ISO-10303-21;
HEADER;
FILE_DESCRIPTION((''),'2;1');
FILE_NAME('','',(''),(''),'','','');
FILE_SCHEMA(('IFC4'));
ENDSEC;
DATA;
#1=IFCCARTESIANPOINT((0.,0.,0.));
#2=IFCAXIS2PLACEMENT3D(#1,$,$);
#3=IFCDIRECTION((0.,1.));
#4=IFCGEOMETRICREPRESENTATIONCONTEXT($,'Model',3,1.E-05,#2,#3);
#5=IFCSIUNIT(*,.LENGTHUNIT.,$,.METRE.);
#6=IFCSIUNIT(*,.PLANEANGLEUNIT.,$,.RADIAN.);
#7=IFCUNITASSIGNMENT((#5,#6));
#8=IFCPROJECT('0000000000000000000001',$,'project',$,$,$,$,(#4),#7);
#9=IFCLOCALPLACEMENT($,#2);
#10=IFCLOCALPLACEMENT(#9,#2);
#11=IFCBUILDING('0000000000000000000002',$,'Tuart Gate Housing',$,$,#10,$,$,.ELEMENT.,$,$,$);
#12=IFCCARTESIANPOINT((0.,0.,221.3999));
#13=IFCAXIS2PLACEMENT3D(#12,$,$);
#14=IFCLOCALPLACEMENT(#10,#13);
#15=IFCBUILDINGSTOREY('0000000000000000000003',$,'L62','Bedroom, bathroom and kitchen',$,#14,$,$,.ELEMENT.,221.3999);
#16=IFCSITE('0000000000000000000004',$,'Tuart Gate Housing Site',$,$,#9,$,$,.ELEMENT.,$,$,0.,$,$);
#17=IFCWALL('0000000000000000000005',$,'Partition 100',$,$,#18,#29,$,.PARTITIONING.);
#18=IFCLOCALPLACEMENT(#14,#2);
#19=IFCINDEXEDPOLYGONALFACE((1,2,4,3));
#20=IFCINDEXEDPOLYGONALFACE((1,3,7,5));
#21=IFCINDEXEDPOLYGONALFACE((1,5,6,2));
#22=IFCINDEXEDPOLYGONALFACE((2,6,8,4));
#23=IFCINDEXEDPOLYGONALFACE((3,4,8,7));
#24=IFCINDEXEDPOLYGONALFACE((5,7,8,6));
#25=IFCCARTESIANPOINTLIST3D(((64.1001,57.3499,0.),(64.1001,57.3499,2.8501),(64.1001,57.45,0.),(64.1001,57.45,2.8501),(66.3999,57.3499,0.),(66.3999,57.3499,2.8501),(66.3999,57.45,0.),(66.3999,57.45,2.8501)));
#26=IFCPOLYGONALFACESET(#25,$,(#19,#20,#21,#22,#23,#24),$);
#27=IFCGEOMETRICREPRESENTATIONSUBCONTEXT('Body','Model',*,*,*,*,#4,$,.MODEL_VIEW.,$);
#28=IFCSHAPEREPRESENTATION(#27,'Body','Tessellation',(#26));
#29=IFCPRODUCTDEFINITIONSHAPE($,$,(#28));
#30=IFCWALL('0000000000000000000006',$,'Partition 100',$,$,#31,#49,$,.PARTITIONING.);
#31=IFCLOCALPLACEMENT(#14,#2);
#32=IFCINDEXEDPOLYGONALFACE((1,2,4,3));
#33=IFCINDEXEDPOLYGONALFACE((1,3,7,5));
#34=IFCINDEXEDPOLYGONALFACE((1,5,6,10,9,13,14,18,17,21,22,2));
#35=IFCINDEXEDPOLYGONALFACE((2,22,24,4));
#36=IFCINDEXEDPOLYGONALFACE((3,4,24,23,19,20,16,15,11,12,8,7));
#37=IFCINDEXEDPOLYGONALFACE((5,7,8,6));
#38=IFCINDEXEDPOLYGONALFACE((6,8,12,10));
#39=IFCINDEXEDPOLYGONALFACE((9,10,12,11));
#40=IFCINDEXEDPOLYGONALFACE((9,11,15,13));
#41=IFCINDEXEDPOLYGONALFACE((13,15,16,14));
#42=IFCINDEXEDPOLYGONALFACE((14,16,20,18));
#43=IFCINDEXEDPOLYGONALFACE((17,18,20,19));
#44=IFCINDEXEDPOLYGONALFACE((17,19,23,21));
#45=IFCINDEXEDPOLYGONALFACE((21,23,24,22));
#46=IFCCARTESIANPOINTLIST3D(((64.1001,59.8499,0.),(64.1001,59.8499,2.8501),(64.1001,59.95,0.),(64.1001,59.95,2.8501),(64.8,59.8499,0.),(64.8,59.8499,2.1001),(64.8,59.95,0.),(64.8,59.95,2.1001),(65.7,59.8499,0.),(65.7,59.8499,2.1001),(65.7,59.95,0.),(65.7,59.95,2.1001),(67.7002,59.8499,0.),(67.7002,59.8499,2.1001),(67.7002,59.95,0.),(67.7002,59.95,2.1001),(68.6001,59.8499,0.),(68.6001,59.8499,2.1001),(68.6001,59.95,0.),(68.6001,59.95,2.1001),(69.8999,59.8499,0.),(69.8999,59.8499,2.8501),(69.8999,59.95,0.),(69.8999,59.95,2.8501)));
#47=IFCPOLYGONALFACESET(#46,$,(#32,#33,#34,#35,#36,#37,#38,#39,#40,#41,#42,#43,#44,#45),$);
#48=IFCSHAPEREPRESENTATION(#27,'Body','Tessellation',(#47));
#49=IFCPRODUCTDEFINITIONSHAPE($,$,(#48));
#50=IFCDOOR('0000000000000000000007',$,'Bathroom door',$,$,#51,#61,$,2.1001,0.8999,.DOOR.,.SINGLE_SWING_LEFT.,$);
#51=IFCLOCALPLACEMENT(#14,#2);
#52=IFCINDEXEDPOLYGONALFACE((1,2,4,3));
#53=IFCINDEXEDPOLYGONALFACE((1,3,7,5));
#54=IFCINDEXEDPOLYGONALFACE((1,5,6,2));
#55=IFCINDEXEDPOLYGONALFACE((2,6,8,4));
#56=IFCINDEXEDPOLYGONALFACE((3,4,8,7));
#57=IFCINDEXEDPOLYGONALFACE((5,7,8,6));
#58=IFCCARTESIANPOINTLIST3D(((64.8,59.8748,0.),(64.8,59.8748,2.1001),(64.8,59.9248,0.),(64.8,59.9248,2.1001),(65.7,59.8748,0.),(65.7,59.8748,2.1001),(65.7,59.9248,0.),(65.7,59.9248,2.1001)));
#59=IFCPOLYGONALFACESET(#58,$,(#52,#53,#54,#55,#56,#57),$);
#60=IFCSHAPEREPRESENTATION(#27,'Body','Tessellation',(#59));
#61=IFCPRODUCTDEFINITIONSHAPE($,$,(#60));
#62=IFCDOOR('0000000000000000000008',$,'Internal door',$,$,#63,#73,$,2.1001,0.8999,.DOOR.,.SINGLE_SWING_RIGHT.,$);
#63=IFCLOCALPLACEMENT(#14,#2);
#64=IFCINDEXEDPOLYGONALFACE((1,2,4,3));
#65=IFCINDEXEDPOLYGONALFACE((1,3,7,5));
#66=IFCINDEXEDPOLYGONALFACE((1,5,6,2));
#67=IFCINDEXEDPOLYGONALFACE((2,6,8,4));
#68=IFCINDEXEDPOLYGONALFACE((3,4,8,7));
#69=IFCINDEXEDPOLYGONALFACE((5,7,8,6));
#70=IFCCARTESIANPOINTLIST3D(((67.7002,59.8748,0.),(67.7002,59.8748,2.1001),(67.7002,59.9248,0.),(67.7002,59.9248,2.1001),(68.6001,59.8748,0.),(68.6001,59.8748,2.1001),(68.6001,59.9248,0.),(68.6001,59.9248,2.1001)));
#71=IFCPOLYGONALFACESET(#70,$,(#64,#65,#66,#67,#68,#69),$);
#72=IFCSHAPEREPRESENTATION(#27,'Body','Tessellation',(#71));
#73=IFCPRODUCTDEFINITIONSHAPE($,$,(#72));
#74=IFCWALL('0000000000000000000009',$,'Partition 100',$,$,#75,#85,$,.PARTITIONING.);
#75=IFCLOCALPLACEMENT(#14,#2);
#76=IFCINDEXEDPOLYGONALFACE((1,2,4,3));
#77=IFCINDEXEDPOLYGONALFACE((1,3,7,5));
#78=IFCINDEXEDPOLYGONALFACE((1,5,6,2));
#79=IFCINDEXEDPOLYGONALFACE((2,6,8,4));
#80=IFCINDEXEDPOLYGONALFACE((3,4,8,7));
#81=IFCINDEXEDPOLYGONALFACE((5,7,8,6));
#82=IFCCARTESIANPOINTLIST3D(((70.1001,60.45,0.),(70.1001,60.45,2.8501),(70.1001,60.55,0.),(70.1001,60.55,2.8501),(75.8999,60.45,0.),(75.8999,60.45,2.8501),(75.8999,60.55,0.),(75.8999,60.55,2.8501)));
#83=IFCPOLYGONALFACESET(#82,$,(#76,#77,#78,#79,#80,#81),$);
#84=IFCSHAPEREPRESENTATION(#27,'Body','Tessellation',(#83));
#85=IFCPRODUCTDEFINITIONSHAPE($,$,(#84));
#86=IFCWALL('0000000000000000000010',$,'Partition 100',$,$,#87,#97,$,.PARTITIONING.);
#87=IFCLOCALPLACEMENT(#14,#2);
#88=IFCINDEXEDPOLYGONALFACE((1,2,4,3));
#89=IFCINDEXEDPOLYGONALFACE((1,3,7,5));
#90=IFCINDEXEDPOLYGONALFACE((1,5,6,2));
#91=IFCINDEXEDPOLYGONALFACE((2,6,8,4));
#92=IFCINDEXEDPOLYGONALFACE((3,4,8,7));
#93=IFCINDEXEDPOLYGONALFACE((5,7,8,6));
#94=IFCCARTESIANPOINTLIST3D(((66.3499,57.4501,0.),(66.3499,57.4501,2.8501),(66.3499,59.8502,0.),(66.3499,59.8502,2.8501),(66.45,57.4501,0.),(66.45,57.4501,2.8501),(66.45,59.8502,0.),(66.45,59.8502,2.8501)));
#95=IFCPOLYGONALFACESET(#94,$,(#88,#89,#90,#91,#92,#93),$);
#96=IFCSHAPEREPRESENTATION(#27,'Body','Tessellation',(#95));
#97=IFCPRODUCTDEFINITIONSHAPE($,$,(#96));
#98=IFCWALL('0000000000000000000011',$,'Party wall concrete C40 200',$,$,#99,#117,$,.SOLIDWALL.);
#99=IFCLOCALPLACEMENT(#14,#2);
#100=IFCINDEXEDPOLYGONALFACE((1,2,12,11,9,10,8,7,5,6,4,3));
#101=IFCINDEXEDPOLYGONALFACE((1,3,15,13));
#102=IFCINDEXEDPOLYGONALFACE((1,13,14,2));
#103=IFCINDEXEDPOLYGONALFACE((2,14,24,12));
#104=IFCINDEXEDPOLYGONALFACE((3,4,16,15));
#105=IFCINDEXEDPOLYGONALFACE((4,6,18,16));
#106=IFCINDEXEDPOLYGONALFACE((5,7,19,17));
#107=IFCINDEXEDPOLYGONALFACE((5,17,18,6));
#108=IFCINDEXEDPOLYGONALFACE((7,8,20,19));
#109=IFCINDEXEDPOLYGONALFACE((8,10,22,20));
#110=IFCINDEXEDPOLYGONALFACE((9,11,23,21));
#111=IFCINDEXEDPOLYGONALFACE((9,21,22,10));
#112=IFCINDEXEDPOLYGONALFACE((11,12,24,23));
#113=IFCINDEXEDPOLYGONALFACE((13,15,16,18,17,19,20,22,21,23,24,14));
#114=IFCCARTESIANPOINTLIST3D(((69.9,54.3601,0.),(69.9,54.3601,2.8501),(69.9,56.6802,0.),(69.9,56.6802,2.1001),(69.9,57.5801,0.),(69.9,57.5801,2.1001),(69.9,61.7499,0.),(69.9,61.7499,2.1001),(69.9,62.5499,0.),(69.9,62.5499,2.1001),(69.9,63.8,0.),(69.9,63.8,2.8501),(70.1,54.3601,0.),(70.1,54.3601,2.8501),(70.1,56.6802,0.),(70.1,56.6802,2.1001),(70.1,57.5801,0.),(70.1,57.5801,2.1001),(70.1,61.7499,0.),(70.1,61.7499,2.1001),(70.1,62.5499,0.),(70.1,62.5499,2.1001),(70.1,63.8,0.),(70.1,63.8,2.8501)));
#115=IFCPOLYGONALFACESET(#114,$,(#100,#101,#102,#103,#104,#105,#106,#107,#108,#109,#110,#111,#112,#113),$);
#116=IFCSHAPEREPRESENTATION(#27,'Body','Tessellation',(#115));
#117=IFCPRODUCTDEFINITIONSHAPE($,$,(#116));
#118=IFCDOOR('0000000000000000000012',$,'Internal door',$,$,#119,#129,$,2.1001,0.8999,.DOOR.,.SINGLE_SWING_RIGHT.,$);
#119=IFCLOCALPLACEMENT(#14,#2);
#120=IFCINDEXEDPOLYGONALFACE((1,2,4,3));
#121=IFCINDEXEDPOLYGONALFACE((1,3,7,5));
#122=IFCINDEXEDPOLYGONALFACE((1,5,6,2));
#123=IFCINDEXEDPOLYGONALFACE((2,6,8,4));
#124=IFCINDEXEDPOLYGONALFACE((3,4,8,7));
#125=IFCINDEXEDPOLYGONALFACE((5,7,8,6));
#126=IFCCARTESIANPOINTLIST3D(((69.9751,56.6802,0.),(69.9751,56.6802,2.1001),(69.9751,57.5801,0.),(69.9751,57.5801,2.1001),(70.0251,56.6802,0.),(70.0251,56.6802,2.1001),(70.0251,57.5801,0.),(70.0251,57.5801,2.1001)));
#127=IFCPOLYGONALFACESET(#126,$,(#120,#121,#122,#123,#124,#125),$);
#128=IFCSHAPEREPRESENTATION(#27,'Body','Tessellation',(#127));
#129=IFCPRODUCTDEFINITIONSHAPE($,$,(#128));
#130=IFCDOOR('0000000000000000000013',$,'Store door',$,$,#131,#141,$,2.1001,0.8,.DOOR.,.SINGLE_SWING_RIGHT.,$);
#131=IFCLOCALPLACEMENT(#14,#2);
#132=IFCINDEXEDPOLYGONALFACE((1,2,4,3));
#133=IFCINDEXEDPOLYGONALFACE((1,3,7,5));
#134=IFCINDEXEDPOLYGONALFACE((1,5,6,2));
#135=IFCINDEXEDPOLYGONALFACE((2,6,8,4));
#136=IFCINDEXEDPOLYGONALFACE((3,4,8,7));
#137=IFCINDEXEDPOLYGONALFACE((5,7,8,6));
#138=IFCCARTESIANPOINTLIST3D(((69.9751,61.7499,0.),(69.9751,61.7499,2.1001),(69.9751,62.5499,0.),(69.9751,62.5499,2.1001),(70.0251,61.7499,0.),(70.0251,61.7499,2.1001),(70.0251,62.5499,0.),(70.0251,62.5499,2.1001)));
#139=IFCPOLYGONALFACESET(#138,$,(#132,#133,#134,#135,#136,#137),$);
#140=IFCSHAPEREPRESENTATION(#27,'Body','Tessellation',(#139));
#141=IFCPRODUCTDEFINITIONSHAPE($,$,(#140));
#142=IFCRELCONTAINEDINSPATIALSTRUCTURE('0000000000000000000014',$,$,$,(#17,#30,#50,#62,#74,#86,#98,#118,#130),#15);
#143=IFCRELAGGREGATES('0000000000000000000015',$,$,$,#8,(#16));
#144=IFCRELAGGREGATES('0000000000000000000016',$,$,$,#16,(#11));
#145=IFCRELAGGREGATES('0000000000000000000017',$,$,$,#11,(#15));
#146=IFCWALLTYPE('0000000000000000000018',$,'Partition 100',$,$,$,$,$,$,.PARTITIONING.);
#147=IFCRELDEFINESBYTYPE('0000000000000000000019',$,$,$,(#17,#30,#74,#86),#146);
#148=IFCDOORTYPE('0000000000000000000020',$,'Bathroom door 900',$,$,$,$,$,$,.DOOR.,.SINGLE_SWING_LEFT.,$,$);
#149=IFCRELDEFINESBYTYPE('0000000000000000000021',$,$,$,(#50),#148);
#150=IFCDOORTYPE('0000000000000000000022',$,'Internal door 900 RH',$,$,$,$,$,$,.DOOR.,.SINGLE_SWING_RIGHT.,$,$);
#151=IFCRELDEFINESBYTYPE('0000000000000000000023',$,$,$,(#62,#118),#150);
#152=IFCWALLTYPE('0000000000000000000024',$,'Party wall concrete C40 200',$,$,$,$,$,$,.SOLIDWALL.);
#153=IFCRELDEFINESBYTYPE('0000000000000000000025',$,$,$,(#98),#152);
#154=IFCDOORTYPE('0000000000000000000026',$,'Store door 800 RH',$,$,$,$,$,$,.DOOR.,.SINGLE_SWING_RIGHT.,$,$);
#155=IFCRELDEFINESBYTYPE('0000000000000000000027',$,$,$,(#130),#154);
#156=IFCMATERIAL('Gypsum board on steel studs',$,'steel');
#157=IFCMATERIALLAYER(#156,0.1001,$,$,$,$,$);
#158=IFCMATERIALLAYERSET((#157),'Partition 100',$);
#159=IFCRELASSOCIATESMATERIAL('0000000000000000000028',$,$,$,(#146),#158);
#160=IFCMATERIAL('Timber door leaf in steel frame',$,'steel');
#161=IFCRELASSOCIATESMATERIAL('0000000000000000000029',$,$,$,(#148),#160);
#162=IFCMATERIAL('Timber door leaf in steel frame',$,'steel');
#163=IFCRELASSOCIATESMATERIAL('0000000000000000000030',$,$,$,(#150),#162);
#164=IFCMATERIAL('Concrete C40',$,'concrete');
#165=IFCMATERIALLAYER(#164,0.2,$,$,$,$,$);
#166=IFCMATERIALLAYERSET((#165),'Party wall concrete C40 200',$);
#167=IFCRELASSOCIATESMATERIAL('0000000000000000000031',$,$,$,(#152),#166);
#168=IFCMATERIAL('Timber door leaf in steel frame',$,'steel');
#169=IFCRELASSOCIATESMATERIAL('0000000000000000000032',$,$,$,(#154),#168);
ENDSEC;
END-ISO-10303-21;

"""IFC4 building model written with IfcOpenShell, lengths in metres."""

from ifc_helpers import new_model, si_unit, direction, frame, frame_2d, origin, place, context, subcontext, project, spatial, rectangle, extrude, material, layer, layer_set, type_object, element, fill, save


model = new_model("IFC4")

# Units and contexts
model_context = context("Model", 3, precision=1e-05, world=origin(), true_north=direction((0.0, 1.0)))
body_context = subcontext(model_context, "Body", "Model", "MODEL_VIEW")
ifc_project = project(units=[si_unit("LENGTHUNIT", "METRE"), si_unit("PLANEANGLEUNIT", "RADIAN")], contexts=[model_context])

# Site, building, storey
site_placement = place(None, origin())
site = spatial("IfcSite", under=ifc_project, at=site_placement, Name="Tuart Gate Housing Site", CompositionType="ELEMENT", RefElevation=0.0)
building_placement = place(site_placement, origin())
building = spatial("IfcBuilding", under=site, at=building_placement, Name="Tuart Gate Housing", CompositionType="ELEMENT")
storey_placement = place(building_placement, frame((0.0, 0.0, 221.3999)))
storey = spatial("IfcBuildingStorey", under=building, at=storey_placement, Name="L62", Description="Bedroom, bathroom and kitchen", CompositionType="ELEMENT", Elevation=221.3999)

# Wall
ifc_material_1 = material(Name="Gypsum board on steel studs", Category="steel")
ifc_layer_1 = layer(ifc_material_1, 0.1001)
ifc_layer_set_1 = layer_set([ifc_layer_1], Name="Partition 100")
wall_type_1 = type_object("IfcWallType", Name="Partition 100", PredefinedType="PARTITIONING", material=ifc_layer_set_1)
wall_1_placement = place(storey_placement, frame((64.1001, 57.3999, 0.0), z_axis=(0.0, 0.0, 1.0), x_axis=(1.0, 0.0, 0.0)))
element("IfcWall", 1, at=wall_1_placement, inside=storey, type_object=wall_type_1, Name="Partition 100", PredefinedType="PARTITIONING", context=body_context, shape_type="SweptSolid", body=[
    extrude(rectangle(XDim=2.2998, YDim=0.1001, at=frame_2d((1.1499, 0.0))), origin(), (0.0, 0.0, 1.0), 2.8501),
])

# Wall, openings, doors
wall_2_placement = place(storey_placement, frame((64.1001, 59.8999, 0.0), z_axis=(0.0, 0.0, 1.0), x_axis=(1.0, 0.0, 0.0)))
wall_2 = element("IfcWall", 2, at=wall_2_placement, inside=storey, type_object=wall_type_1, Name="Partition 100", PredefinedType="PARTITIONING", context=body_context, shape_type="SweptSolid", body=[
    extrude(rectangle(XDim=5.7998, YDim=0.1001, at=frame_2d((2.8999, 0.0))), origin(), (0.0, 0.0, 1.0), 2.8501),
])
opening_1_placement = place(wall_2_placement, frame((3.6001, 0.0, 0.0)))
opening_1 = element("IfcOpeningElement", 3, at=opening_1_placement, cuts=wall_2, PredefinedType="OPENING", context=body_context, shape_type="SweptSolid", body=[
    extrude(rectangle(XDim=0.8999, YDim=2.1001, at=frame_2d((0.45, 1.05))), frame((0.0, 0.0601, 0.0), z_axis=(0.0, -1.0, 0.0), x_axis=(1.0, 0.0, 0.0)), (0.0, 0.0, 1.0), 0.1201),
])
opening_2_placement = place(wall_2_placement, frame((0.7, 0.0, 0.0)))
opening_2 = element("IfcOpeningElement", 4, at=opening_2_placement, cuts=wall_2, PredefinedType="OPENING", context=body_context, shape_type="SweptSolid", body=[
    extrude(rectangle(XDim=0.8999, YDim=2.1001, at=frame_2d((0.45, 1.05))), frame((0.0, 0.0601, 0.0), z_axis=(0.0, -1.0, 0.0), x_axis=(1.0, 0.0, 0.0)), (0.0, 0.0, 1.0), 0.1201),
])
ifc_material_2 = material(Name="Timber door leaf in steel frame", Category="steel")
door_type_1 = type_object("IfcDoorType", Name="Bathroom door 900", OperationType="SINGLE_SWING_LEFT", PredefinedType="DOOR", material=ifc_material_2)
door_1_placement = place(opening_2_placement, frame((0.8999, 0.0, 0.0), z_axis=(0.0, 0.0, 1.0), x_axis=(-1.0, 0.0, 0.0)))
door_1 = element("IfcDoor", 5, at=door_1_placement, inside=storey, type_object=door_type_1, Name="Bathroom door", OperationType="SINGLE_SWING_LEFT", OverallHeight=2.1001, OverallWidth=0.8999, PredefinedType="DOOR", context=body_context, shape_type="SweptSolid", body=[
    extrude(rectangle(XDim=0.8999, YDim=2.1001, at=frame_2d((0.45, 1.05))), frame((0.0, 0.0251, 0.0), z_axis=(0.0, -1.0, 0.0), x_axis=(1.0, 0.0, 0.0)), (0.0, 0.0, 1.0), 0.05),
])
fill(opening_2, door_1)
ifc_material_3 = material(Name="Timber door leaf in steel frame", Category="steel")
door_type_2 = type_object("IfcDoorType", Name="Internal door 900 RH", OperationType="SINGLE_SWING_RIGHT", PredefinedType="DOOR", material=ifc_material_3)
door_2_placement = place(opening_1_placement, origin())
door_2 = element("IfcDoor", 6, at=door_2_placement, inside=storey, type_object=door_type_2, Name="Internal door", OperationType="SINGLE_SWING_RIGHT", OverallHeight=2.1001, OverallWidth=0.8999, PredefinedType="DOOR", context=body_context, shape_type="SweptSolid", body=[
    extrude(rectangle(XDim=0.8999, YDim=2.1001, at=frame_2d((0.45, 1.05))), frame((0.0, 0.0249, 0.0), z_axis=(0.0, -1.0, 0.0), x_axis=(1.0, 0.0, 0.0)), (0.0, 0.0, 1.0), 0.05),
])
fill(opening_1, door_2)

# Walls
wall_3_placement = place(storey_placement, frame((70.1001, 60.5, 0.0), z_axis=(0.0, 0.0, 1.0), x_axis=(1.0, 0.0, 0.0)))
element("IfcWall", 7, at=wall_3_placement, inside=storey, type_object=wall_type_1, Name="Partition 100", PredefinedType="PARTITIONING", context=body_context, shape_type="SweptSolid", body=[
    extrude(rectangle(XDim=5.7998, YDim=0.1001, at=frame_2d((2.8999, 0.0))), origin(), (0.0, 0.0, 1.0), 2.8501),
])
wall_4_placement = place(storey_placement, frame((66.3999, 57.45, 0.0), z_axis=(0.0, 0.0, 1.0), x_axis=(0.0, 1.0, 0.0)))
element("IfcWall", 8, at=wall_4_placement, inside=storey, type_object=wall_type_1, Name="Partition 100", PredefinedType="PARTITIONING", context=body_context, shape_type="SweptSolid", body=[
    extrude(rectangle(XDim=2.4001, YDim=0.1001, at=frame_2d((1.2002, 0.0))), origin(), (0.0, 0.0, 1.0), 2.8501),
])

# Wall, openings, doors
ifc_material_4 = material(Name="Concrete C40", Category="concrete")
ifc_layer_2 = layer(ifc_material_4, 0.2)
ifc_layer_set_2 = layer_set([ifc_layer_2], Name="Party wall concrete C40 200")
wall_type_2 = type_object("IfcWallType", Name="Party wall concrete C40 200", PredefinedType="SOLIDWALL", material=ifc_layer_set_2)
wall_5_placement = place(storey_placement, frame((70.0, 54.3601, 0.0), z_axis=(0.0, 0.0, 1.0), x_axis=(0.0, 1.0, 0.0)))
wall_5 = element("IfcWall", 9, at=wall_5_placement, inside=storey, type_object=wall_type_2, Name="Party wall concrete C40 200", PredefinedType="SOLIDWALL", context=body_context, shape_type="SweptSolid", body=[
    extrude(rectangle(XDim=9.4399, YDim=0.2, at=frame_2d((4.72, 0.0))), origin(), (0.0, 0.0, 1.0), 2.8501),
])
opening_3_placement = place(wall_5_placement, frame((2.3201, 0.0, 0.0)))
opening_3 = element("IfcOpeningElement", 10, at=opening_3_placement, cuts=wall_5, PredefinedType="OPENING", context=body_context, shape_type="SweptSolid", body=[
    extrude(rectangle(XDim=0.8999, YDim=2.1001, at=frame_2d((0.45, 1.05))), frame((0.0, 0.1099, 0.0), z_axis=(0.0, -1.0, 0.0), x_axis=(1.0, 0.0, 0.0)), (0.0, 0.0, 1.0), 0.22),
])
opening_4_placement = place(wall_5_placement, frame((7.3899, 0.0, 0.0)))
opening_4 = element("IfcOpeningElement", 11, at=opening_4_placement, cuts=wall_5, PredefinedType="OPENING", context=body_context, shape_type="SweptSolid", body=[
    extrude(rectangle(XDim=0.8, YDim=2.1001, at=frame_2d((0.3999, 1.05))), frame((0.0, 0.1099, 0.0), z_axis=(0.0, -1.0, 0.0), x_axis=(1.0, 0.0, 0.0)), (0.0, 0.0, 1.0), 0.22),
])
door_3_placement = place(opening_3_placement, frame((0.8999, 0.0, 0.0), z_axis=(0.0, 0.0, 1.0), x_axis=(-1.0, 0.0, 0.0)))
door_3 = element("IfcDoor", 12, at=door_3_placement, inside=storey, type_object=door_type_2, Name="Internal door", OperationType="SINGLE_SWING_RIGHT", OverallHeight=2.1001, OverallWidth=0.8999, PredefinedType="DOOR", context=body_context, shape_type="SweptSolid", body=[
    extrude(rectangle(XDim=0.8999, YDim=2.1001, at=frame_2d((0.45, 1.05))), frame((0.0, 0.0251, 0.0), z_axis=(0.0, -1.0, 0.0), x_axis=(1.0, 0.0, 0.0)), (0.0, 0.0, 1.0), 0.05),
])
fill(opening_3, door_3)
ifc_material_5 = material(Name="Timber door leaf in steel frame", Category="steel")
door_type_3 = type_object("IfcDoorType", Name="Store door 800 RH", OperationType="SINGLE_SWING_RIGHT", PredefinedType="DOOR", material=ifc_material_5)
door_4_placement = place(opening_4_placement, frame((0.8, 0.0, 0.0), z_axis=(0.0, 0.0, 1.0), x_axis=(-1.0, 0.0, 0.0)))
door_4 = element("IfcDoor", 13, at=door_4_placement, inside=storey, type_object=door_type_3, Name="Store door", OperationType="SINGLE_SWING_RIGHT", OverallHeight=2.1001, OverallWidth=0.8, PredefinedType="DOOR", context=body_context, shape_type="SweptSolid", body=[
    extrude(rectangle(XDim=0.8, YDim=2.1001, at=frame_2d((0.4001, 1.05))), frame((0.0, 0.0251, 0.0), z_axis=(0.0, -1.0, 0.0), x_axis=(1.0, 0.0, 0.0)), (0.0, 0.0, 1.0), 0.05),
])
fill(opening_4, door_4)

save(model, "model.ifc")
